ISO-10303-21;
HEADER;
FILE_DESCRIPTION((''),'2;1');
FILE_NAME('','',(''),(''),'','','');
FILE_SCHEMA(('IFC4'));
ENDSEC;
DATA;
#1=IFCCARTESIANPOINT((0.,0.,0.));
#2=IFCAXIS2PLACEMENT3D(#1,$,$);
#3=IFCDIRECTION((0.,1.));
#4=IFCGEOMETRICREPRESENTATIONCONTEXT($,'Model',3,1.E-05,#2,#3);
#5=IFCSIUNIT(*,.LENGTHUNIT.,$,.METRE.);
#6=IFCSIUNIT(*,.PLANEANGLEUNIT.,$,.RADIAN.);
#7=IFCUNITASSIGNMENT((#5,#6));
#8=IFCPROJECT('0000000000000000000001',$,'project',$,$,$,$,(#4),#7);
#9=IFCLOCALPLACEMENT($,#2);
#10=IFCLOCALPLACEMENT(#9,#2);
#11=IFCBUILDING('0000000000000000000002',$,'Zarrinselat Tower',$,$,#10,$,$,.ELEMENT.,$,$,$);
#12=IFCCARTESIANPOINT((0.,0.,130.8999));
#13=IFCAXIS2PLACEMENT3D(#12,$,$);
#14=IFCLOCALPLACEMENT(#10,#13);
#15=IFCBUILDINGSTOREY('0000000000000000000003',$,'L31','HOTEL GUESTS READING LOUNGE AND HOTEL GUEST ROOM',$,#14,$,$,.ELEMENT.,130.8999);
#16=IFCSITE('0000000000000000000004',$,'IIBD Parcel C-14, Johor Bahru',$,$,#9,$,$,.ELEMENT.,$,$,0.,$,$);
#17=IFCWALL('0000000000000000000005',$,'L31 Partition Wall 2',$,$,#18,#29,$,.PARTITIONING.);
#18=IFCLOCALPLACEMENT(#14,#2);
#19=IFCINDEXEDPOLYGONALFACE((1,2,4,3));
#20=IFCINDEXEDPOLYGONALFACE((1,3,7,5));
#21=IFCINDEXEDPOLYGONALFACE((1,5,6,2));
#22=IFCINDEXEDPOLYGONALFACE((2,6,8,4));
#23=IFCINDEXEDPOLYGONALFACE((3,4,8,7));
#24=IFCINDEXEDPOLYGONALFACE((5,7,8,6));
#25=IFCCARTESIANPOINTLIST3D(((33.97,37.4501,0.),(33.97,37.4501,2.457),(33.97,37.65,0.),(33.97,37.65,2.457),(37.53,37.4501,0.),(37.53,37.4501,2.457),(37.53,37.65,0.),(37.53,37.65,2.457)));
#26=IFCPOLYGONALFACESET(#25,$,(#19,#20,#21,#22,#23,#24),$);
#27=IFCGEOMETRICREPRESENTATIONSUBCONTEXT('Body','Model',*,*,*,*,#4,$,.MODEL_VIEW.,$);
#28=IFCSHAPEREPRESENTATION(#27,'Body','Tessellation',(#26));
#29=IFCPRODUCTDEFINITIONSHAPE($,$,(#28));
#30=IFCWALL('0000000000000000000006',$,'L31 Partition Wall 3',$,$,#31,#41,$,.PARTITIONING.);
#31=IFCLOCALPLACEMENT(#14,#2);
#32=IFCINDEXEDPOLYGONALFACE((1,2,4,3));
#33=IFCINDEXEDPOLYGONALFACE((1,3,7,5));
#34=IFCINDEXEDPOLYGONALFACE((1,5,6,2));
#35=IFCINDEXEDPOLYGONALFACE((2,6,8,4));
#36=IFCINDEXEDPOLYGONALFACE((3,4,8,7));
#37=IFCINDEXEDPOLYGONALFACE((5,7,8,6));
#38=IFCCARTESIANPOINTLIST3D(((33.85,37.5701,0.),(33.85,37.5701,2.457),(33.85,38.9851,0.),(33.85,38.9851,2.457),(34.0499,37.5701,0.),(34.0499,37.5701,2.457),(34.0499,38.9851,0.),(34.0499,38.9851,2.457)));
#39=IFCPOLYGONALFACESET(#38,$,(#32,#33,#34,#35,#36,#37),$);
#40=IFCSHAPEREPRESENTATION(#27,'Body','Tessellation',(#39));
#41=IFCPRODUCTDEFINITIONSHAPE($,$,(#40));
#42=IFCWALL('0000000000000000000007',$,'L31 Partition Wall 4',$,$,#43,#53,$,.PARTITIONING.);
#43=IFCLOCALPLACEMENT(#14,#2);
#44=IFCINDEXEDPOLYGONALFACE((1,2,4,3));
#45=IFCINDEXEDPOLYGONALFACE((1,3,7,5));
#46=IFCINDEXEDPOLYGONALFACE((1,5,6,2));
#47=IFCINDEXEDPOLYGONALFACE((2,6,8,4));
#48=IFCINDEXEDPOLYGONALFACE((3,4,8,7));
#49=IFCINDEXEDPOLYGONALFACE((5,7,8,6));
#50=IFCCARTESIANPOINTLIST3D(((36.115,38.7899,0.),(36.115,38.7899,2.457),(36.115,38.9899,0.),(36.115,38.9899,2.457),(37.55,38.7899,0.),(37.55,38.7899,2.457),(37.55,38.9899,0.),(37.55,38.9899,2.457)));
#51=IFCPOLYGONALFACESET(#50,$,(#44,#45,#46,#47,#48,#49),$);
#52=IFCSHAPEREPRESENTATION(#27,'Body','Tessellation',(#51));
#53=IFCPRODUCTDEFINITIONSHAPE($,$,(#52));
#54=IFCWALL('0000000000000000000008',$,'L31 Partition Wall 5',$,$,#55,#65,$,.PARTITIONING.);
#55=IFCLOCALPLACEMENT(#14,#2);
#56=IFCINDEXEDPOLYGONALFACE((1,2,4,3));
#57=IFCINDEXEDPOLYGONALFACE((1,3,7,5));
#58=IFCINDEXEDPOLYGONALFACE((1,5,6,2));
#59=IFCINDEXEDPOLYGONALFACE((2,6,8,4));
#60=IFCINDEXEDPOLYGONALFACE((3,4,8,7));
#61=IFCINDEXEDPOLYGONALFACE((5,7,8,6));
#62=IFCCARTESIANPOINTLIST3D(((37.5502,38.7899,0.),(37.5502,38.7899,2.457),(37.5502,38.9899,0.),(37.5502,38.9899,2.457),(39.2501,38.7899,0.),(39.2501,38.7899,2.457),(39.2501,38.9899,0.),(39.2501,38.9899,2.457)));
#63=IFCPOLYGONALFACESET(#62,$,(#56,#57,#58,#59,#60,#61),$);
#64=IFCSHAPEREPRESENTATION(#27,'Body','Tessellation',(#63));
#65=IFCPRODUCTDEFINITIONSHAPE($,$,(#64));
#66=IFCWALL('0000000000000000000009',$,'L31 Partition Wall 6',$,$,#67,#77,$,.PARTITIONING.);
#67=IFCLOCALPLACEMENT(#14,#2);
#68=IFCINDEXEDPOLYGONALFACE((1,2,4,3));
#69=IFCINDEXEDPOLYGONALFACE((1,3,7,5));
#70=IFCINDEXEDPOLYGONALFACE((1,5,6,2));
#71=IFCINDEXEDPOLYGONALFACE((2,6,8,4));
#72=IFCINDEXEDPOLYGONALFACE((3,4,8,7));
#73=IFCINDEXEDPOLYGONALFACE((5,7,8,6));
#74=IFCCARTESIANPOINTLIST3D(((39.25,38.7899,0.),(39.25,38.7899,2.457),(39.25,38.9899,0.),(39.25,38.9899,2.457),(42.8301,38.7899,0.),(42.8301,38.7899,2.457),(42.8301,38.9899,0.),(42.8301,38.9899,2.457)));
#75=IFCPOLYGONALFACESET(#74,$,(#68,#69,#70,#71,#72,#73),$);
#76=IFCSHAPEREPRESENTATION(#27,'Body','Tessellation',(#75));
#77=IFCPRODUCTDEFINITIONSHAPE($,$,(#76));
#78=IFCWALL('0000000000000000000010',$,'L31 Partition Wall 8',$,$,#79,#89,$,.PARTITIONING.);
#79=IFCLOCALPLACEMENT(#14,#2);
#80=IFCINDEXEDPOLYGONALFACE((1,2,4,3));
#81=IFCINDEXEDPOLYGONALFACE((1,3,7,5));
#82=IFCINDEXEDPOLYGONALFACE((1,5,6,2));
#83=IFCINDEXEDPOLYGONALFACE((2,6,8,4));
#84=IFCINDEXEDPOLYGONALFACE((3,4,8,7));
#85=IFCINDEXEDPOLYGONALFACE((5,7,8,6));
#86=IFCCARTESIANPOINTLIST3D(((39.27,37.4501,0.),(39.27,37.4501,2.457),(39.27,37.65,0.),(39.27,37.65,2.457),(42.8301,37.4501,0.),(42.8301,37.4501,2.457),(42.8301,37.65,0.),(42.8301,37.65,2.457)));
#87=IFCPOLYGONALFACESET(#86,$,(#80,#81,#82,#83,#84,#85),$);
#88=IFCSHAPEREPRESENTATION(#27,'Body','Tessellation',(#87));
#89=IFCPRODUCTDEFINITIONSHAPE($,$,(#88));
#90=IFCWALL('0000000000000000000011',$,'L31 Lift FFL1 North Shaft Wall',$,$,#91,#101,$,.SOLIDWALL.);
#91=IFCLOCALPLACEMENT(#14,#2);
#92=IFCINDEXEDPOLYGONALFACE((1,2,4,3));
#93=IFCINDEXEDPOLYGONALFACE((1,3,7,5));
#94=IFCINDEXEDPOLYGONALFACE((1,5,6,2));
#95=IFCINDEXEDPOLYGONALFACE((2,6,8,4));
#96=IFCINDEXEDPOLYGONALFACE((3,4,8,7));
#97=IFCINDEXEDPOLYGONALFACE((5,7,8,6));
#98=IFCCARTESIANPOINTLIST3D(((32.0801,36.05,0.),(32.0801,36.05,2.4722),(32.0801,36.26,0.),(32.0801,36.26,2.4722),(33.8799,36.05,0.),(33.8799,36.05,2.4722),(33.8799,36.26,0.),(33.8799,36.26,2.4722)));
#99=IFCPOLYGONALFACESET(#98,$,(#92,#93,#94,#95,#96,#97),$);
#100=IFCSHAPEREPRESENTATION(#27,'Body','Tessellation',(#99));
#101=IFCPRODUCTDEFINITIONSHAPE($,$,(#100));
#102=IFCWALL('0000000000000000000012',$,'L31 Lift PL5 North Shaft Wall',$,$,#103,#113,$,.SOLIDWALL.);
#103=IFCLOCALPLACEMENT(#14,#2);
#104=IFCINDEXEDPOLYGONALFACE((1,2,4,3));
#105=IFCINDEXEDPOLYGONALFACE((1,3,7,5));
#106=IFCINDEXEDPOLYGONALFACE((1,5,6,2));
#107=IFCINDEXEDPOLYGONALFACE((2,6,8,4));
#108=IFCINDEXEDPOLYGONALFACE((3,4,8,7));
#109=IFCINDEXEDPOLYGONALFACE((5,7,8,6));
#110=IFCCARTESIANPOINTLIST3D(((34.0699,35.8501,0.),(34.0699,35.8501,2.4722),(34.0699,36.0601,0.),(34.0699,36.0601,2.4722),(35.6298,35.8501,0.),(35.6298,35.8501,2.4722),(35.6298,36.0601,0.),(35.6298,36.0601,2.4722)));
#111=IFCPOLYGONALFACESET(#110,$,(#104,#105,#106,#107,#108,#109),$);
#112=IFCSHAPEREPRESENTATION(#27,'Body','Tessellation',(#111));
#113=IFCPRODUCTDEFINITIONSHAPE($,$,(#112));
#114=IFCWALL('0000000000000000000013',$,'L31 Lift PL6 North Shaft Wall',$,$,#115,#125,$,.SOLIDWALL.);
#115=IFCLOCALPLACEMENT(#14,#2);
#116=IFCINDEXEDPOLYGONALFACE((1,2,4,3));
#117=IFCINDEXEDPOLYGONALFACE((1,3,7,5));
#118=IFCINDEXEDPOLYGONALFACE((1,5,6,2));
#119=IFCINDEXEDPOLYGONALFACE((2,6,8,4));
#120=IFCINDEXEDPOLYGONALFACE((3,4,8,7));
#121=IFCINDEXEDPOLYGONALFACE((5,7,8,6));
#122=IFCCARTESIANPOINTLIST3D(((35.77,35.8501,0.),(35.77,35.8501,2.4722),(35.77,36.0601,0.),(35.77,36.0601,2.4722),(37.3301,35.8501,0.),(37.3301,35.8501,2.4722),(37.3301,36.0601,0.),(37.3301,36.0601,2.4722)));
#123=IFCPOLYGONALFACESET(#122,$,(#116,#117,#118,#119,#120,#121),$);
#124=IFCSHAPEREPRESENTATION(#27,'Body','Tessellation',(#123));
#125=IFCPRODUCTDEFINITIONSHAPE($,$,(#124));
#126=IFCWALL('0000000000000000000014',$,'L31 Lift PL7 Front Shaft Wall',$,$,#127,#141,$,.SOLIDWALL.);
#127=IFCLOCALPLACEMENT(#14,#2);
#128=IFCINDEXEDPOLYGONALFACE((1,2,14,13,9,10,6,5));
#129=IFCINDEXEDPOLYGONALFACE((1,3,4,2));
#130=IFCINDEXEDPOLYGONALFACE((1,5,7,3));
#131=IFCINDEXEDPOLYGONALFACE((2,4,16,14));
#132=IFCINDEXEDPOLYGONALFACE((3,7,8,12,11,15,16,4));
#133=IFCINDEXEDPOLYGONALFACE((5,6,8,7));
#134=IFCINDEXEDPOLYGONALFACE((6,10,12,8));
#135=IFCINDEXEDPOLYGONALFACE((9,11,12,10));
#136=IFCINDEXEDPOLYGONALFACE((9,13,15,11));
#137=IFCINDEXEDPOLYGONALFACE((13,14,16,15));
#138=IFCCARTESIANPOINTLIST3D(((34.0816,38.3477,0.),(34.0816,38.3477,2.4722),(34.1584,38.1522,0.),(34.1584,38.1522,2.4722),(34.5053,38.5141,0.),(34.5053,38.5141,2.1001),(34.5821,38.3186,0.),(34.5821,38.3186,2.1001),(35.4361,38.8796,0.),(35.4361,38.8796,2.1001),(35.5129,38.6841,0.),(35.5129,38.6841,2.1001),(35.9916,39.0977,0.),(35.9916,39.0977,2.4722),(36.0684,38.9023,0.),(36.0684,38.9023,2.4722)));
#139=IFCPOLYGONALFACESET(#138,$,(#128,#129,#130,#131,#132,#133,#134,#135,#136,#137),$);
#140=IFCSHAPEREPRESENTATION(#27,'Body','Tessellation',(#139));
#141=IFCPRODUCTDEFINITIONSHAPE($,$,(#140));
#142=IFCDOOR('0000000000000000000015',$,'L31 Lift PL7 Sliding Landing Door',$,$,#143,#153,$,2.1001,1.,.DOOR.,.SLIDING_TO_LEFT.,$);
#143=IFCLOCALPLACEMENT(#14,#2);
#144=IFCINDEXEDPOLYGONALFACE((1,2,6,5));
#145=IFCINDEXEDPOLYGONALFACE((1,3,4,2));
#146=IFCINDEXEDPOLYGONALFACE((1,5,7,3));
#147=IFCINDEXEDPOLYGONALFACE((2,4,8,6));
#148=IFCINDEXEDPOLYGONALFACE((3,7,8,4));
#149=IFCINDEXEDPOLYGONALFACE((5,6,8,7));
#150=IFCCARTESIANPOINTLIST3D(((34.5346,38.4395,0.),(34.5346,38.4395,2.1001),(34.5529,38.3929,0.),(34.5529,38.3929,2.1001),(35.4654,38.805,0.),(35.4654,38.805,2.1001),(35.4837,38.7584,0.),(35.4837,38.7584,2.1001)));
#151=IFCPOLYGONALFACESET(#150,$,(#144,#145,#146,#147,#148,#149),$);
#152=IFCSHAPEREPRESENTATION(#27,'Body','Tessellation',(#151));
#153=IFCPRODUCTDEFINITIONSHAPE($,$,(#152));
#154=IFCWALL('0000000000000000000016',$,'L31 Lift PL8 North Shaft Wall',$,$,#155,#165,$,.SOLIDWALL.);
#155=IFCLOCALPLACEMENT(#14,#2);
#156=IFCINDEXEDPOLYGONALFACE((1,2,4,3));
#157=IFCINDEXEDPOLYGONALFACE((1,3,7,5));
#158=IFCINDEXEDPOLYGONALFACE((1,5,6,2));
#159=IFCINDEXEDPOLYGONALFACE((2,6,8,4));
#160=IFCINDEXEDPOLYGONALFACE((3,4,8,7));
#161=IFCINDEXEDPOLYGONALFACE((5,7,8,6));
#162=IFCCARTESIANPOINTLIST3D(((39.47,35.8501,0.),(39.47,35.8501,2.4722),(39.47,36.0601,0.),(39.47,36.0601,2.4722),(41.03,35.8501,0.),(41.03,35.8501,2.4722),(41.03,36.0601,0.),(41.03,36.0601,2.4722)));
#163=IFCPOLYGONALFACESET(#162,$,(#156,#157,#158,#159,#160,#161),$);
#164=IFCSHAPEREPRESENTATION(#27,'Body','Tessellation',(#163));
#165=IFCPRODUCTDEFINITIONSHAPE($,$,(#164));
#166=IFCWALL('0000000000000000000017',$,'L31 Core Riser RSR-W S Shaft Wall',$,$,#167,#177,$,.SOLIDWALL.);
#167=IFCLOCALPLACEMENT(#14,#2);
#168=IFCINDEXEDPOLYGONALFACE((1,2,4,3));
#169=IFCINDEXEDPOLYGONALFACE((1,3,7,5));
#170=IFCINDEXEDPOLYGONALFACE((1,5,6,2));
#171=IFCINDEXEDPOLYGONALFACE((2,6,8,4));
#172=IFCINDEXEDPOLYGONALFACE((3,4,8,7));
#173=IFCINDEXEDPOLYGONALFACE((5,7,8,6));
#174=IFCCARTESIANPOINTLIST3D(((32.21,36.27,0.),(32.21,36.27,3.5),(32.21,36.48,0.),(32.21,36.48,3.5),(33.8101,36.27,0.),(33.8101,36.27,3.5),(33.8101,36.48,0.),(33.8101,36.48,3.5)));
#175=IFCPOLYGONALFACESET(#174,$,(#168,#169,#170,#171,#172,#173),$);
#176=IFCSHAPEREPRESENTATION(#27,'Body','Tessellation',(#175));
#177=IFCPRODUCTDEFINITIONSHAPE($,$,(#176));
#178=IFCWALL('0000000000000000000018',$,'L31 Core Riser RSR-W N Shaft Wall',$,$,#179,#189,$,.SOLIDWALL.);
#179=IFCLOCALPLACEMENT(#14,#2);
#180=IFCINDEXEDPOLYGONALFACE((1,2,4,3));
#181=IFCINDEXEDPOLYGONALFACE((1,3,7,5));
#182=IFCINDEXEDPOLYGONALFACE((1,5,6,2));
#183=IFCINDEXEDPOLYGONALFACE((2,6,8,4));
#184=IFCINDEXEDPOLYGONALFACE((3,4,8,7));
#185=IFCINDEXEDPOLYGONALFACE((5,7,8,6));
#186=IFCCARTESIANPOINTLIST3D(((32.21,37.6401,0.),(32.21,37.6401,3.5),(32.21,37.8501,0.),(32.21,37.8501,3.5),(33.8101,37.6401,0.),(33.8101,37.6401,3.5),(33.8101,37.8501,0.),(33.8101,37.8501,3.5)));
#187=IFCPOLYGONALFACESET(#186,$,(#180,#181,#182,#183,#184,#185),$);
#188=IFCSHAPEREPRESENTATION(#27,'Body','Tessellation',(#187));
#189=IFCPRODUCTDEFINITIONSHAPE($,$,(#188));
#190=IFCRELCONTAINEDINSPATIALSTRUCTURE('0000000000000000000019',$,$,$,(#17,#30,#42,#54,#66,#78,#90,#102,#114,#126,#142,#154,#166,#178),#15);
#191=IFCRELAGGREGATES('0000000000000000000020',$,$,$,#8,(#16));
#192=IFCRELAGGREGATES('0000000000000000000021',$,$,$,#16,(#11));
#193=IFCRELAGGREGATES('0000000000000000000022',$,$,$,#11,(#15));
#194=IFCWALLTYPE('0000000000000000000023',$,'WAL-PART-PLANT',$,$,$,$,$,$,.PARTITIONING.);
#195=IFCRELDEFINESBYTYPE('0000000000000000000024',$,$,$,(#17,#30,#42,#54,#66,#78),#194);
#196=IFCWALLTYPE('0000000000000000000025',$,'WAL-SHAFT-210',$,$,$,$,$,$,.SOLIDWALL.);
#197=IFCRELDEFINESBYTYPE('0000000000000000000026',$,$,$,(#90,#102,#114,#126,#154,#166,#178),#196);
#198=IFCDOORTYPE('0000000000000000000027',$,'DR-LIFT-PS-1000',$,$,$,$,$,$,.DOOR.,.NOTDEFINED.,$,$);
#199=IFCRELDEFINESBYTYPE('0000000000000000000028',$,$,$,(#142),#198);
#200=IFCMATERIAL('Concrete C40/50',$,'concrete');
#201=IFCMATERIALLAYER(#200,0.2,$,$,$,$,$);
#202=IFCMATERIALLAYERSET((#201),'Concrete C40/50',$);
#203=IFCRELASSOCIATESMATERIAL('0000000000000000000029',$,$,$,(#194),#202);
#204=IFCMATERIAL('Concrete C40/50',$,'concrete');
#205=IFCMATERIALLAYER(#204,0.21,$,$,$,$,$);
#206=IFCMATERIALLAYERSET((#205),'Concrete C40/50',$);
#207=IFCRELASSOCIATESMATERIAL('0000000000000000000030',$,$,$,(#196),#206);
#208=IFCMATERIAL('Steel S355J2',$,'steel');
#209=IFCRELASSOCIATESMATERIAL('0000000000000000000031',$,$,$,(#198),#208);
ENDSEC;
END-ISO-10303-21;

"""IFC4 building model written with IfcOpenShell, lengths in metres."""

from ifc_helpers import new_model, si_unit, direction, frame, frame_2d, origin, place, context, subcontext, project, spatial, rectangle, extrude, material, layer, layer_set, type_object, element, fill, save


model = new_model("IFC4")

# Units and contexts
model_context = context("Model", 3, precision=1e-05, world=origin(), true_north=direction((0.0, 1.0)))
body_context = subcontext(model_context, "Body", "Model", "MODEL_VIEW")
ifc_project = project(units=[si_unit("LENGTHUNIT", "METRE"), si_unit("PLANEANGLEUNIT", "RADIAN")], contexts=[model_context])

# Site, building, storey
site_placement = place(None, origin())
site = spatial("IfcSite", under=ifc_project, at=site_placement, Name="IIBD Parcel C-14, Johor Bahru", CompositionType="ELEMENT", RefElevation=0.0)
building_placement = place(site_placement, origin())
building = spatial("IfcBuilding", under=site, at=building_placement, Name="Zarrinselat Tower", CompositionType="ELEMENT")
storey_placement = place(building_placement, frame((0.0, 0.0, 130.8999)))
storey = spatial("IfcBuildingStorey", under=building, at=storey_placement, Name="L31", Description="HOTEL GUESTS READING LOUNGE AND HOTEL GUEST ROOM", CompositionType="ELEMENT", Elevation=130.8999)

# Walls
ifc_material_1 = material(Name="Concrete C40/50", Category="concrete")
ifc_layer_1 = layer(ifc_material_1, 0.2)
ifc_layer_set_1 = layer_set([ifc_layer_1], Name="Concrete C40/50")
wall_type_1 = type_object("IfcWallType", Name="WAL-PART-PLANT", PredefinedType="PARTITIONING", material=ifc_layer_set_1)
wall_1_placement = place(storey_placement, frame((33.97, 37.55, 0.0), z_axis=(0.0, 0.0, 1.0), x_axis=(1.0, 0.0, 0.0)))
element("IfcWall", 1, at=wall_1_placement, inside=storey, type_object=wall_type_1, Name="L31 Partition Wall 2", PredefinedType="PARTITIONING", context=body_context, shape_type="SweptSolid", body=[
    extrude(rectangle(XDim=3.5601, YDim=0.2, at=frame_2d((1.78, 0.0))), origin(), (0.0, 0.0, 1.0), 2.457),
])
wall_2_placement = place(storey_placement, frame((33.95, 37.5701, 0.0), z_axis=(0.0, 0.0, 1.0), x_axis=(0.0, 1.0, 0.0)))
element("IfcWall", 2, at=wall_2_placement, inside=storey, type_object=wall_type_1, Name="L31 Partition Wall 3", PredefinedType="PARTITIONING", context=body_context, shape_type="SweptSolid", body=[
    extrude(rectangle(XDim=1.415, YDim=0.2, at=frame_2d((0.7075, 0.0))), origin(), (0.0, 0.0, 1.0), 2.457),
])
wall_3_placement = place(storey_placement, frame((36.115, 38.8899, 0.0), z_axis=(0.0, 0.0, 1.0), x_axis=(1.0, 0.0, 0.0)))
element("IfcWall", 3, at=wall_3_placement, inside=storey, type_object=wall_type_1, Name="L31 Partition Wall 4", PredefinedType="PARTITIONING", context=body_context, shape_type="SweptSolid", body=[
    extrude(rectangle(XDim=1.4351, YDim=0.2, at=frame_2d((0.7175, 0.0))), origin(), (0.0, 0.0, 1.0), 2.457),
])
wall_4_placement = place(storey_placement, frame((37.55, 38.8899, 0.0), z_axis=(0.0, 0.0, 1.0), x_axis=(1.0, 0.0, 0.0)))
element("IfcWall", 4, at=wall_4_placement, inside=storey, type_object=wall_type_1, Name="L31 Partition Wall 5", PredefinedType="PARTITIONING", context=body_context, shape_type="SweptSolid", body=[
    extrude(rectangle(XDim=1.7, YDim=0.2, at=frame_2d((0.8501, 0.0))), origin(), (0.0, 0.0, 1.0), 2.457),
])
wall_5_placement = place(storey_placement, frame((39.25, 38.8899, 0.0), z_axis=(0.0, 0.0, 1.0), x_axis=(1.0, 0.0, 0.0)))
element("IfcWall", 5, at=wall_5_placement, inside=storey, type_object=wall_type_1, Name="L31 Partition Wall 6", PredefinedType="PARTITIONING", context=body_context, shape_type="SweptSolid", body=[
    extrude(rectangle(XDim=3.5801, YDim=0.2, at=frame_2d((1.79, 0.0))), origin(), (0.0, 0.0, 1.0), 2.457),
])
wall_6_placement = place(storey_placement, frame((39.27, 37.55, 0.0), z_axis=(0.0, 0.0, 1.0), x_axis=(1.0, 0.0, 0.0)))
element("IfcWall", 6, at=wall_6_placement, inside=storey, type_object=wall_type_1, Name="L31 Partition Wall 8", PredefinedType="PARTITIONING", context=body_context, shape_type="SweptSolid", body=[
    extrude(rectangle(XDim=3.5601, YDim=0.2, at=frame_2d((1.78, 0.0))), origin(), (0.0, 0.0, 1.0), 2.457),
])
ifc_material_2 = material(Name="Concrete C40/50", Category="concrete")
ifc_layer_2 = layer(ifc_material_2, 0.21)
ifc_layer_set_2 = layer_set([ifc_layer_2], Name="Concrete C40/50")
wall_type_2 = type_object("IfcWallType", Name="WAL-SHAFT-210", PredefinedType="SOLIDWALL", material=ifc_layer_set_2)
wall_7_placement = place(storey_placement, frame((32.0801, 36.155, 0.0), z_axis=(0.0, 0.0, 1.0), x_axis=(1.0, 0.0, 0.0)))
element("IfcWall", 7, at=wall_7_placement, inside=storey, type_object=wall_type_2, Name="L31 Lift FFL1 North Shaft Wall", PredefinedType="SOLIDWALL", context=body_context, shape_type="SweptSolid", body=[
    extrude(rectangle(XDim=1.7998, YDim=0.21, at=frame_2d((0.8999, 0.0))), origin(), (0.0, 0.0, 1.0), 2.4722),
])
wall_8_placement = place(storey_placement, frame((34.0701, 35.9551, 0.0), z_axis=(0.0, 0.0, 1.0), x_axis=(1.0, 0.0, 0.0)))
element("IfcWall", 8, at=wall_8_placement, inside=storey, type_object=wall_type_2, Name="L31 Lift PL5 North Shaft Wall", PredefinedType="SOLIDWALL", context=body_context, shape_type="SweptSolid", body=[
    extrude(rectangle(XDim=1.5598, YDim=0.21, at=frame_2d((0.7798, 0.0))), origin(), (0.0, 0.0, 1.0), 2.4722),
])
wall_9_placement = place(storey_placement, frame((35.77, 35.9551, 0.0), z_axis=(0.0, 0.0, 1.0), x_axis=(1.0, 0.0, 0.0)))
element("IfcWall", 9, at=wall_9_placement, inside=storey, type_object=wall_type_2, Name="L31 Lift PL6 North Shaft Wall", PredefinedType="SOLIDWALL", context=body_context, shape_type="SweptSolid", body=[
    extrude(rectangle(XDim=1.5601, YDim=0.21, at=frame_2d((0.78, 0.0))), origin(), (0.0, 0.0, 1.0), 2.4722),
])

# Wall, opening, door
wall_10_placement = place(storey_placement, frame((34.1201, 38.25, 0.0), z_axis=(0.0, 0.0, 1.0), x_axis=(0.930805, 0.365516, 0.0)))
wall_10 = element("IfcWall", 10, at=wall_10_placement, inside=storey, type_object=wall_type_2, Name="L31 Lift PL7 Front Shaft Wall", PredefinedType="SOLIDWALL", context=body_context, shape_type="SweptSolid", body=[
    extrude(rectangle(XDim=2.052, YDim=0.21, at=frame_2d((1.0259, 0.0))), origin(), (0.0, 0.0, 1.0), 2.4722),
])
opening_placement = place(wall_10_placement, frame((0.4551, 0.0, 0.0)))
opening = element("IfcOpeningElement", 11, at=opening_placement, cuts=wall_10, PredefinedType="OPENING", context=body_context, shape_type="SweptSolid", body=[
    extrude(rectangle(XDim=1.0, YDim=2.1001, at=frame_2d((0.5, 1.05))), frame((0.0, 0.115, 0.0), z_axis=(0.0, -1.0, 0.0), x_axis=(1.0, 0.0, 0.0)), (0.0, 0.0, 1.0), 0.23),
])
ifc_material_3 = material(Name="Steel S355J2", Category="steel")
door_type = type_object("IfcDoorType", Name="DR-LIFT-PS-1000", OperationType="NOTDEFINED", PredefinedType="DOOR", material=ifc_material_3)
door_placement = place(opening_placement, origin())
door = element("IfcDoor", 12, at=door_placement, inside=storey, type_object=door_type, Name="L31 Lift PL7 Sliding Landing Door", OperationType="SLIDING_TO_LEFT", OverallHeight=2.1001, OverallWidth=1.0, PredefinedType="DOOR", context=body_context, shape_type="SweptSolid", body=[
    extrude(rectangle(XDim=1.0, YDim=2.1001, at=frame_2d((0.5, 1.05))), frame((0.0, 0.0249, 0.0), z_axis=(0.0, -1.0, 0.0), x_axis=(1.0, 0.0, 0.0)), (0.0, 0.0, 1.0), 0.05),
])
fill(opening, door)

# Walls
wall_11_placement = place(storey_placement, frame((39.47, 35.9551, 0.0), z_axis=(0.0, 0.0, 1.0), x_axis=(1.0, 0.0, 0.0)))
element("IfcWall", 13, at=wall_11_placement, inside=storey, type_object=wall_type_2, Name="L31 Lift PL8 North Shaft Wall", PredefinedType="SOLIDWALL", context=body_context, shape_type="SweptSolid", body=[
    extrude(rectangle(XDim=1.5601, YDim=0.21, at=frame_2d((0.78, 0.0))), origin(), (0.0, 0.0, 1.0), 2.4722),
])
for number, where, z_axis, x_axis, name in (
    (14, (32.21, 36.375, 0.0), (0.0, 0.0, 1.0), (1.0, 0.0, 0.0), "L31 Core Riser RSR-W S Shaft Wall"),
    (15, (32.21, 37.7451, 0.0), (0.0, 0.0, 1.0), (1.0, 0.0, 0.0), "L31 Core Riser RSR-W N Shaft Wall"),
):
    element("IfcWall", number, at=place(storey_placement, frame(where, z_axis=z_axis, x_axis=x_axis)), inside=storey, type_object=wall_type_2, Name=name, PredefinedType="SOLIDWALL", context=body_context, shape_type="SweptSolid", body=[
        extrude(rectangle(XDim=1.6001, YDim=0.21, at=frame_2d((0.8, 0.0))), origin(), (0.0, 0.0, 1.0), 3.5),
    ])

save(model, "model.ifc")
